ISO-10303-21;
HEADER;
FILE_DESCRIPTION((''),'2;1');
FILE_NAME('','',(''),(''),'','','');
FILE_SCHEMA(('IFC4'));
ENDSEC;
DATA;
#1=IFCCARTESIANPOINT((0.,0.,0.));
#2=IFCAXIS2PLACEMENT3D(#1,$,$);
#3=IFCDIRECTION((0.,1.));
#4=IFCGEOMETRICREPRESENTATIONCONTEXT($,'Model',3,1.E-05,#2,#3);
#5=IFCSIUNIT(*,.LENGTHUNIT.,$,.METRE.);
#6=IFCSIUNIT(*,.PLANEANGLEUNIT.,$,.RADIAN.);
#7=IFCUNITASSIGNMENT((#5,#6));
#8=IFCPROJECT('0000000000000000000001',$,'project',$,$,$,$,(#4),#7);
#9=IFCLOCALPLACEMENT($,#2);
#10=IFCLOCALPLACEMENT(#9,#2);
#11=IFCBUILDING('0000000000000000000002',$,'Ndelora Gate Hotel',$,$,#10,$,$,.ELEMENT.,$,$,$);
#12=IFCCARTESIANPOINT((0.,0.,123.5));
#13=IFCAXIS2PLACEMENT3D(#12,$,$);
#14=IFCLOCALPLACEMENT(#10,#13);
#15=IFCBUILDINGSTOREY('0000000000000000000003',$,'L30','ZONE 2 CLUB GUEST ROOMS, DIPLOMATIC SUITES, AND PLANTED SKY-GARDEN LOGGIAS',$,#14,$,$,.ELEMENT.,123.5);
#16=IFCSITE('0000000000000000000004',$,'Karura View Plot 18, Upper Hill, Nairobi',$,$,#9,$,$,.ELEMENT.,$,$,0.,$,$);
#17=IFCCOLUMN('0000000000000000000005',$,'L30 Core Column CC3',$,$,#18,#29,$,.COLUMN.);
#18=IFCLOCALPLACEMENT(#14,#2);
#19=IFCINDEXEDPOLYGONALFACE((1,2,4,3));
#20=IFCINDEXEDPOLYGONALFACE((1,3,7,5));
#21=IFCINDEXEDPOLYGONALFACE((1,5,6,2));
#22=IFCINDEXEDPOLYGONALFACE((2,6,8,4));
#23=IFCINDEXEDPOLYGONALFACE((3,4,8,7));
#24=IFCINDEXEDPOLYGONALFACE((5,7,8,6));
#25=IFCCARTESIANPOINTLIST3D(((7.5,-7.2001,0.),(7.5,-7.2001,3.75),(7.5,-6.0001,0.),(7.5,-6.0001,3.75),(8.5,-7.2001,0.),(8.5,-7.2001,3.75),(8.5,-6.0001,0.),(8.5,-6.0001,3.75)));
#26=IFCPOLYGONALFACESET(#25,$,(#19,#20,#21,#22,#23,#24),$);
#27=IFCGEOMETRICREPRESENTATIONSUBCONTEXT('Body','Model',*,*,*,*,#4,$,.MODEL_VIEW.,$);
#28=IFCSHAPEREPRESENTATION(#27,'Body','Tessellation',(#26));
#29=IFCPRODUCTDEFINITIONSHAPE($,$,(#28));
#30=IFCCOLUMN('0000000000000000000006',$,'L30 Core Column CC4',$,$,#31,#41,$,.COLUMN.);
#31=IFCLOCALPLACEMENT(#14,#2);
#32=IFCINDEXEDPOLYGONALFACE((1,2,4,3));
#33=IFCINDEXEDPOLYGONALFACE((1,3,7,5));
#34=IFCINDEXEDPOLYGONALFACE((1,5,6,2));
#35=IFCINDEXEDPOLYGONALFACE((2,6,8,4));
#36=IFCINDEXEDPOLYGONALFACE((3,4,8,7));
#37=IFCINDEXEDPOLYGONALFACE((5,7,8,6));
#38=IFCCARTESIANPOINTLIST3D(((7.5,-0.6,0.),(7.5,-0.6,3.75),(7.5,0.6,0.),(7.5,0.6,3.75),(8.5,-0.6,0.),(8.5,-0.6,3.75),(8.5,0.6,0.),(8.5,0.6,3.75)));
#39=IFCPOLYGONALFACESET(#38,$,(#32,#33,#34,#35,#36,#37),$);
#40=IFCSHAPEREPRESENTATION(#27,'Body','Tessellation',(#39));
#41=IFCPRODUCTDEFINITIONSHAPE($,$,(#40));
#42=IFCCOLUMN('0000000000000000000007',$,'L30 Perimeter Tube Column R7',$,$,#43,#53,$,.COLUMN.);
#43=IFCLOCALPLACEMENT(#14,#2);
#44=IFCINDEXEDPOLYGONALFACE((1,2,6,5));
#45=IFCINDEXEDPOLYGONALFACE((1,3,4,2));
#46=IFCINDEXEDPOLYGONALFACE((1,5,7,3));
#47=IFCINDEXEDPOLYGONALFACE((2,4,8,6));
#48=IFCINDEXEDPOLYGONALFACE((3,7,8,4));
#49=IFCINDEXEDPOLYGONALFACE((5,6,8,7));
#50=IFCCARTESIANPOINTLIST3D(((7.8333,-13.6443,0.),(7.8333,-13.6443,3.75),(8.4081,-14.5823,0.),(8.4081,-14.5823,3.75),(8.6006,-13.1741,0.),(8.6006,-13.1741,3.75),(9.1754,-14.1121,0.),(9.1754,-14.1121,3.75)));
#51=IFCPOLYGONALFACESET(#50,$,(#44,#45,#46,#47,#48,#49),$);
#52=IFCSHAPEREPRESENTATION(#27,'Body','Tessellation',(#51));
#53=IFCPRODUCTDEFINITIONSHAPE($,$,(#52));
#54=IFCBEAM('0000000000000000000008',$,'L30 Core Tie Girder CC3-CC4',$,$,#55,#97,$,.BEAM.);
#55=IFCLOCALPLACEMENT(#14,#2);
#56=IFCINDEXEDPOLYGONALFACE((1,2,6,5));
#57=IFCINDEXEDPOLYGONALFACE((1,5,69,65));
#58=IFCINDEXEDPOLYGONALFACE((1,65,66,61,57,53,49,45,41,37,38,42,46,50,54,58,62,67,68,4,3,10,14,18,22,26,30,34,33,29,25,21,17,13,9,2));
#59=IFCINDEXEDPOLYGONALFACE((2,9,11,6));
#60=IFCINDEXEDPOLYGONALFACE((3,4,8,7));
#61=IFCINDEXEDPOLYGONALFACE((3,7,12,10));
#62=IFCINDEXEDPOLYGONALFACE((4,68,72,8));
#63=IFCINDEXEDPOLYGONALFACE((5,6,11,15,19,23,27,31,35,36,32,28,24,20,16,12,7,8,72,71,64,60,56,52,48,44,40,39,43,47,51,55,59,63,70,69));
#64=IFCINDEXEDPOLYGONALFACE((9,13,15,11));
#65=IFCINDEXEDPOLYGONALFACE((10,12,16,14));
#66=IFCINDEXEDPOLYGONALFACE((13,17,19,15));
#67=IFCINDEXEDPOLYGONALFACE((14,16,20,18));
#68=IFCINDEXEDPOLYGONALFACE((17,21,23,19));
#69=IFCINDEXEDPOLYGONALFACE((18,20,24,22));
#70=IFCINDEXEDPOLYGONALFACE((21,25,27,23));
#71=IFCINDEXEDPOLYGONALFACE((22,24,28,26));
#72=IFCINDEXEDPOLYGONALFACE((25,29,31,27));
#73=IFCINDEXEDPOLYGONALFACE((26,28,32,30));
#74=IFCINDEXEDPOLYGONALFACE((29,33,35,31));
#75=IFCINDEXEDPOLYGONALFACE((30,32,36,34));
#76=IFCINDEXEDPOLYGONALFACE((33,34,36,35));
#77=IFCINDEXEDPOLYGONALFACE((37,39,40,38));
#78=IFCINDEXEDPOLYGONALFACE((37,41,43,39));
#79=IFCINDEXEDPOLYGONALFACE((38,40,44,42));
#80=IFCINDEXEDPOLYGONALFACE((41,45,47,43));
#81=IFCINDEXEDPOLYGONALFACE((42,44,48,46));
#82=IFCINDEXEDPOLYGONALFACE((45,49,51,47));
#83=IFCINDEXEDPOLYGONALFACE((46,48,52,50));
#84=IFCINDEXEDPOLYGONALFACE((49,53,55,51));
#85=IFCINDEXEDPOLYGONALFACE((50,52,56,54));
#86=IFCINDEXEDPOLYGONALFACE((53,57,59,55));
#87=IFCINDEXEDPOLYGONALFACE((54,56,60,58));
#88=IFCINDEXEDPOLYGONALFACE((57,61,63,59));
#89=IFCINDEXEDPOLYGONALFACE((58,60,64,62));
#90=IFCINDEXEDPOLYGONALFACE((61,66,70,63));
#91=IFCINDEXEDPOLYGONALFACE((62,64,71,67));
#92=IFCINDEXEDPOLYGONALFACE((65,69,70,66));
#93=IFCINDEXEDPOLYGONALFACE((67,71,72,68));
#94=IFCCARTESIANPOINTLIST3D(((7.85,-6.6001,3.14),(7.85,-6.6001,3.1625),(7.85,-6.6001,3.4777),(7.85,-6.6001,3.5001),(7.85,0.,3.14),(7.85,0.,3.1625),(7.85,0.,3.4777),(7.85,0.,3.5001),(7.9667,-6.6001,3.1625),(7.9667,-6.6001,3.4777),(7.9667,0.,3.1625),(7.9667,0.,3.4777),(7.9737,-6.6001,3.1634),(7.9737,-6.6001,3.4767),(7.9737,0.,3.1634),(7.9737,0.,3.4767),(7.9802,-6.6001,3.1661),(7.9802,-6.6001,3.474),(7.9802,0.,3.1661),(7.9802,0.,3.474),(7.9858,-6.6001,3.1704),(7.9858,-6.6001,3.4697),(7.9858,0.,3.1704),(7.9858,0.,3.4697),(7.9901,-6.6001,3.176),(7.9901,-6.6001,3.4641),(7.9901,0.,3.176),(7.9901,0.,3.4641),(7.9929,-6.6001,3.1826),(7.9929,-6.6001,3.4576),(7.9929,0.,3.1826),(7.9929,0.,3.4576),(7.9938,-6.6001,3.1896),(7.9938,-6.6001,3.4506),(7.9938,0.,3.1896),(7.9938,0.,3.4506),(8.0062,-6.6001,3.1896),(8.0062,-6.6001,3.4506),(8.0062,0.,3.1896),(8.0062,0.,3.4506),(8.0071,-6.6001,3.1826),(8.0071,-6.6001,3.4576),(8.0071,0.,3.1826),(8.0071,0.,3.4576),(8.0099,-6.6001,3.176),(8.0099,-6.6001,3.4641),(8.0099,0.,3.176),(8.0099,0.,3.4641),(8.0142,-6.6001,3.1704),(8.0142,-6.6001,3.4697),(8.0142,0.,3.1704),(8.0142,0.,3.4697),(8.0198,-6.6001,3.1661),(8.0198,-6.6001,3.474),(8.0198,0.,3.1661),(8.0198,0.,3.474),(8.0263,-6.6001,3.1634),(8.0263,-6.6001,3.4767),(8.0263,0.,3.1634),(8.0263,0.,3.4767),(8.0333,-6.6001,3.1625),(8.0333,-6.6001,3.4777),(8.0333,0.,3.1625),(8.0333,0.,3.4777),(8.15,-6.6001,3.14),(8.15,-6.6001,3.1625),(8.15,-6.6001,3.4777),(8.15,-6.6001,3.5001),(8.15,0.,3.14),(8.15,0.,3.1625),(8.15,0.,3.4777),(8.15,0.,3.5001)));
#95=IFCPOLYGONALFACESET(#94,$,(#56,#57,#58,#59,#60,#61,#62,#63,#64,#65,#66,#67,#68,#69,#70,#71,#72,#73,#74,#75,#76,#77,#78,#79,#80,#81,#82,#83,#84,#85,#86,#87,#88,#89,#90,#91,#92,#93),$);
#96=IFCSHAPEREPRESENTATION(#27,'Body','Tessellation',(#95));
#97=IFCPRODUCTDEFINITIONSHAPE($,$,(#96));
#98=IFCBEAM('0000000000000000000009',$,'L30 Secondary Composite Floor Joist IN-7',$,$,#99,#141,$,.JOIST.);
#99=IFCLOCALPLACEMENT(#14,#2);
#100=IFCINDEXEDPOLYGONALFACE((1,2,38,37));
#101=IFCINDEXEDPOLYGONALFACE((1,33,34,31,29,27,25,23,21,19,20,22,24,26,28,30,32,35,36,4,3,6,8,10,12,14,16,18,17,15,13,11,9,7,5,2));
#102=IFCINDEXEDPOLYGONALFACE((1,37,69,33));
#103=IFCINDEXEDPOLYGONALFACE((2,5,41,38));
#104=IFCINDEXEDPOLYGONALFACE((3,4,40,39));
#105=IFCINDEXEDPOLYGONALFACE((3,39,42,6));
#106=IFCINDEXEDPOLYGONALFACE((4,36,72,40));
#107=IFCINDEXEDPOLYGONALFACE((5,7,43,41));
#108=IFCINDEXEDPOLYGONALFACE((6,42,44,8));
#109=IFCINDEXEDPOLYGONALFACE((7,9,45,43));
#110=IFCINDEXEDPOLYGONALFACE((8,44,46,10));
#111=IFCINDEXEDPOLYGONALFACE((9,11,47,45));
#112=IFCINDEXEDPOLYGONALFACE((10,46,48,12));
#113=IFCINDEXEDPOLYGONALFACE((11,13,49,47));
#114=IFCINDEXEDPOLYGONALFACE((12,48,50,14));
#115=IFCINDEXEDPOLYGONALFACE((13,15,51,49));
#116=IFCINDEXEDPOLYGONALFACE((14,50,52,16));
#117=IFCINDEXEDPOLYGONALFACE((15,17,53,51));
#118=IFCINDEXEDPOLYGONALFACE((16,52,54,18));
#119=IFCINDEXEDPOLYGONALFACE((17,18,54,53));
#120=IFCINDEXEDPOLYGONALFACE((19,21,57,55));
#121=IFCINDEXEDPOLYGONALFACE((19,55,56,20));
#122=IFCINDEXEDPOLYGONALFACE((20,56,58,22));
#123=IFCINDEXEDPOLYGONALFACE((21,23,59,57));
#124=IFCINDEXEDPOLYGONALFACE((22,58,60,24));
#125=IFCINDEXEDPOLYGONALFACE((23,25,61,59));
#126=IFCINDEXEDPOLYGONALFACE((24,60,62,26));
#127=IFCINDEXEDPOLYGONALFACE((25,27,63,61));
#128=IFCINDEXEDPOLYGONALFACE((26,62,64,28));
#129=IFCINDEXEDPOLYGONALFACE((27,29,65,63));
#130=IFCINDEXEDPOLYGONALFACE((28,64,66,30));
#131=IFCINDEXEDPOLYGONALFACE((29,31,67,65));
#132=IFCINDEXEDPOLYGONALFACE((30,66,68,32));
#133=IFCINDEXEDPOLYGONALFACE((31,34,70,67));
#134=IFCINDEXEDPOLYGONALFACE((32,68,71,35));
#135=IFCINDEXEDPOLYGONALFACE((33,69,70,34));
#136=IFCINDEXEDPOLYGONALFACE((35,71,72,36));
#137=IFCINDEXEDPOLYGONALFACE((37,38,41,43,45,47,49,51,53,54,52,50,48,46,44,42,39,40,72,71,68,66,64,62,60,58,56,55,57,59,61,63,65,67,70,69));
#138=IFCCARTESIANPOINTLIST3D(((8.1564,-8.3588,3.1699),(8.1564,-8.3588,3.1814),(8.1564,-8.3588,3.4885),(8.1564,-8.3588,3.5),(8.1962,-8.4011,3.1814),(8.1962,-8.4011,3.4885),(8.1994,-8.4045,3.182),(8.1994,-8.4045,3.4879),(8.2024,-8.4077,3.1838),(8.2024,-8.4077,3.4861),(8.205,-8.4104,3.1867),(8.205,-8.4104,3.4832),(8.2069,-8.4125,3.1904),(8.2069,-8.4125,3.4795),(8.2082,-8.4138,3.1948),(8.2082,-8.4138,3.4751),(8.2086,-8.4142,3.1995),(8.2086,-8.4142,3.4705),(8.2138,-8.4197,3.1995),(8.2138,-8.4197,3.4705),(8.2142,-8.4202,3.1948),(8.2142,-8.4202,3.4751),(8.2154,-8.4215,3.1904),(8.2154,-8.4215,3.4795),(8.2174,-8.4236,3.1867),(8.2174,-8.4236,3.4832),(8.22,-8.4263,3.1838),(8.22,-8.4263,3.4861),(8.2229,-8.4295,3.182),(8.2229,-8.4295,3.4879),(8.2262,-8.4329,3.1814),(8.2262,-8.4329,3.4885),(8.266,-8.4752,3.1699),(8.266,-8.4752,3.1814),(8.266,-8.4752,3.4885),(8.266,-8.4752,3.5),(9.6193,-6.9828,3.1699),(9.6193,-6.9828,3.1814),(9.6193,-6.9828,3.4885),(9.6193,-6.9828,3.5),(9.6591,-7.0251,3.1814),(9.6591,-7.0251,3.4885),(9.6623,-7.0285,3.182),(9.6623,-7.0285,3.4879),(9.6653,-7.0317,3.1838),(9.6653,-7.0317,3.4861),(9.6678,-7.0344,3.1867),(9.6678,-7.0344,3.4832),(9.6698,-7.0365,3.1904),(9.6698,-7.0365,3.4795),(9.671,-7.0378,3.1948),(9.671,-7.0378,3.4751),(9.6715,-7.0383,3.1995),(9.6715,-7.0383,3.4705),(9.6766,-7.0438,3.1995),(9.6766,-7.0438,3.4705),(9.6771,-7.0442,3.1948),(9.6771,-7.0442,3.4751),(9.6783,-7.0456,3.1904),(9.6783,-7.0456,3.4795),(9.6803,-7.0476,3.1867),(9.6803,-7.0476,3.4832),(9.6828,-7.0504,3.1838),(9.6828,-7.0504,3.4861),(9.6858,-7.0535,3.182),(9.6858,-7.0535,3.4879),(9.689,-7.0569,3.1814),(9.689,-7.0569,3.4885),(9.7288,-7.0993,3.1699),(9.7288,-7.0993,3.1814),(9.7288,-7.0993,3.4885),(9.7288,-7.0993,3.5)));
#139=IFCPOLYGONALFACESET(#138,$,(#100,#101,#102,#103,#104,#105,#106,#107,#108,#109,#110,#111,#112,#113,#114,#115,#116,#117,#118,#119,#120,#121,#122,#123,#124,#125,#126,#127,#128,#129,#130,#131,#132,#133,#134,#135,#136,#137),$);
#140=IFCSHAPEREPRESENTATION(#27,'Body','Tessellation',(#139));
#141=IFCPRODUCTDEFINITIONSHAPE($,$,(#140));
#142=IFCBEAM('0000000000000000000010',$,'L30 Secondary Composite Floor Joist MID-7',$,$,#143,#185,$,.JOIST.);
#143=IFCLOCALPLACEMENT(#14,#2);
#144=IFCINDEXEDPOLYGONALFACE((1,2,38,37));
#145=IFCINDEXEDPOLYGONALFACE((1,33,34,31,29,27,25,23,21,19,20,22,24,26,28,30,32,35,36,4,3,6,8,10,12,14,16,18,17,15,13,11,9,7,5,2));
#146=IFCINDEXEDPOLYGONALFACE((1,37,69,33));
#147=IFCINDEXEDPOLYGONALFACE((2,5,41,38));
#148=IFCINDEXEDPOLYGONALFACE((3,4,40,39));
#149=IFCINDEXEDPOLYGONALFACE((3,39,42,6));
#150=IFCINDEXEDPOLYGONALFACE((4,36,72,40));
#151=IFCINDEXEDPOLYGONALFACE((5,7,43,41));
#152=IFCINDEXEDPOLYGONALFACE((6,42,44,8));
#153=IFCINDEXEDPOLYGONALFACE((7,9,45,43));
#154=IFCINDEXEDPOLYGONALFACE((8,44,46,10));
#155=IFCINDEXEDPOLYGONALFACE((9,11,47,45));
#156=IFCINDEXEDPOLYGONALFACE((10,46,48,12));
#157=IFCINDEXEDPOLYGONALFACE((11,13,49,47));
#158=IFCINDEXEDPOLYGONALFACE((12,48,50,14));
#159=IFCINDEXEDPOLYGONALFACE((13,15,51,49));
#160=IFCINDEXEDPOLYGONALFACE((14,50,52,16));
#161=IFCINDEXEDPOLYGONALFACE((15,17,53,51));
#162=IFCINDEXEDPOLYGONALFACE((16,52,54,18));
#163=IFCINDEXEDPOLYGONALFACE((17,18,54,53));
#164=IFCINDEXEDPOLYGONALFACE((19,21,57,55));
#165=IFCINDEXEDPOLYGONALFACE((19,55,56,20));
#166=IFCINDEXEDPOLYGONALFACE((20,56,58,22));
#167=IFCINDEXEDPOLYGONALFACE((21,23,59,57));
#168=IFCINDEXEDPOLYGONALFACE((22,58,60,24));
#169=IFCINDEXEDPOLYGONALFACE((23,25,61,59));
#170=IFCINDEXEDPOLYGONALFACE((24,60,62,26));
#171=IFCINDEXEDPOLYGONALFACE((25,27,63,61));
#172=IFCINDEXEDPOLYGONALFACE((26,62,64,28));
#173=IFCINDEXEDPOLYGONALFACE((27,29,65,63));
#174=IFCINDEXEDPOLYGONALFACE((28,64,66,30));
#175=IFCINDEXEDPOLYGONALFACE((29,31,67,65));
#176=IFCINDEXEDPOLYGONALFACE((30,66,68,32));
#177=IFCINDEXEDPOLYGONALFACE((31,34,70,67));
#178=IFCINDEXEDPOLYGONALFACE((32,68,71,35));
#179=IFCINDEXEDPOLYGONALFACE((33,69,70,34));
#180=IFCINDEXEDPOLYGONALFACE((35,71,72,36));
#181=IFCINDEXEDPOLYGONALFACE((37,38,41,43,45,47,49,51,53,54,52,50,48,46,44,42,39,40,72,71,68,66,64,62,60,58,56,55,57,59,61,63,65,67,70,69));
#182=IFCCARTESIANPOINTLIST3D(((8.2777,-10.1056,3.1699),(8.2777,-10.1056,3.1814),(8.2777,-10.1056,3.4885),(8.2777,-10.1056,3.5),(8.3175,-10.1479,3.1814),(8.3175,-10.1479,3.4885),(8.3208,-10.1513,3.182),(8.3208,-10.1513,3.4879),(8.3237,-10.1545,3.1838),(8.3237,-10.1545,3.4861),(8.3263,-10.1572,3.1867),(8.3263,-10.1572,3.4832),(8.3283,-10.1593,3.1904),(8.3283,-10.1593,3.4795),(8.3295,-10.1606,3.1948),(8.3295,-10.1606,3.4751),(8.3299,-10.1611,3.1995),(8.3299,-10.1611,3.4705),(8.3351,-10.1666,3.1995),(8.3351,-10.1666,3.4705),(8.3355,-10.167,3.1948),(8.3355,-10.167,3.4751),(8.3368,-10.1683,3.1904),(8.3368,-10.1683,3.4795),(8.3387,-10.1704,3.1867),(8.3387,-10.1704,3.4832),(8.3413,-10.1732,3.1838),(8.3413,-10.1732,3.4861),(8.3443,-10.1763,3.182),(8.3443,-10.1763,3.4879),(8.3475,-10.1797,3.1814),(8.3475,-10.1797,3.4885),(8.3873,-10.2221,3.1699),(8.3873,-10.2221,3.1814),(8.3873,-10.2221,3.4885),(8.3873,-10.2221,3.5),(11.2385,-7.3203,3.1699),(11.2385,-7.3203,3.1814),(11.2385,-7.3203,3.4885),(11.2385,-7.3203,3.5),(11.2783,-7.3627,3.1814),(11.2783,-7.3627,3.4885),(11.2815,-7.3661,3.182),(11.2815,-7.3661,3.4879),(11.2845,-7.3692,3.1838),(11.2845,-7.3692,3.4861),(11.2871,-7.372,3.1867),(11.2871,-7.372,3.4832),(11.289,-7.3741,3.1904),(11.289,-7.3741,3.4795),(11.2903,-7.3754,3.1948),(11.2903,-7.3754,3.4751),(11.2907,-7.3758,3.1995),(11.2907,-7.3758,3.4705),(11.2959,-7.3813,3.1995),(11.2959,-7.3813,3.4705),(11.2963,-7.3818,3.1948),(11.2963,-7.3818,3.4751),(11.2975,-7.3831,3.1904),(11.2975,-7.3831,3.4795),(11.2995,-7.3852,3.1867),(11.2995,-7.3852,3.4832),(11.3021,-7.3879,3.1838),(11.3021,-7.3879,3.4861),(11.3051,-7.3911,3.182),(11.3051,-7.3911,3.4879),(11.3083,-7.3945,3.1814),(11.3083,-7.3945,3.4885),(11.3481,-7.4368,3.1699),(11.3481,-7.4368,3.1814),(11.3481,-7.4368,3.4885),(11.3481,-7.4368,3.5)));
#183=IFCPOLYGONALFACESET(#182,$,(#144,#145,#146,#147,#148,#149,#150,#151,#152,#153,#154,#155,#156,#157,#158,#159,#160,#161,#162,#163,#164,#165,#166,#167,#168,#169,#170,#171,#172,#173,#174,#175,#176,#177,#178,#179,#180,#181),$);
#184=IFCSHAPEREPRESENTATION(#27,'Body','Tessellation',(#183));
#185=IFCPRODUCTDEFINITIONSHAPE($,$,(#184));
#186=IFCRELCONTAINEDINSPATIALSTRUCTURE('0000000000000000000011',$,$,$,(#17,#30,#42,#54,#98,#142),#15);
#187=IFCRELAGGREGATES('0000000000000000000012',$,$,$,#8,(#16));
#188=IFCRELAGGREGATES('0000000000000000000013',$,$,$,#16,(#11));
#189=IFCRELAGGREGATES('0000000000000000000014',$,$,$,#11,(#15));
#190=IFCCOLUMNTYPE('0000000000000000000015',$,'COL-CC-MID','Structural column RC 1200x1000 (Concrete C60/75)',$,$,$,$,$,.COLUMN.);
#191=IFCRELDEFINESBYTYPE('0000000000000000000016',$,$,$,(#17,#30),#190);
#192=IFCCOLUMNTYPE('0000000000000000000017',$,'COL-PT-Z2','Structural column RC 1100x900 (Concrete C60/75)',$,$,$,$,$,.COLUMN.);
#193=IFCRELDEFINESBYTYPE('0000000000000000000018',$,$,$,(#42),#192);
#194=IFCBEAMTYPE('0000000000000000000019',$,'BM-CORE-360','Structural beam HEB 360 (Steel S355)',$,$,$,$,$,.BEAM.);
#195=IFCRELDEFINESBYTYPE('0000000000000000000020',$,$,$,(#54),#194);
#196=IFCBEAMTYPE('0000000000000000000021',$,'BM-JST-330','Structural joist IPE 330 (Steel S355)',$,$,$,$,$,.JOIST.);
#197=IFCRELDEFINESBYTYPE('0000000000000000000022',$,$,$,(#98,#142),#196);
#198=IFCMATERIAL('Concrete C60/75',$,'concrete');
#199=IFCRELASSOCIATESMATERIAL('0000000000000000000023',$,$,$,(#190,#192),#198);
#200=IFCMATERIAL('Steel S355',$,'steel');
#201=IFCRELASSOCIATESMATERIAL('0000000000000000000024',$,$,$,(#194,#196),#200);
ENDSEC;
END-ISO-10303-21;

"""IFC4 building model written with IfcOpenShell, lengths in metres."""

from ifc_helpers import new_model, si_unit, direction, frame, origin, origin_2d, place, context, subcontext, project, spatial, rectangle, i_section, extrude, material, material_profile, profile_set, type_object, element, save


model = new_model("IFC4")

# Units and contexts
model_context = context("Model", 3, precision=1e-05, world=origin(), true_north=direction((0.0, 1.0)))
body_context = subcontext(model_context, "Body", "Model", "MODEL_VIEW")
ifc_project = project(units=[si_unit("LENGTHUNIT", "METRE"), si_unit("PLANEANGLEUNIT", "RADIAN")], contexts=[model_context])

# Site, building, storey
site_placement = place(None, origin())
site = spatial("IfcSite", under=ifc_project, at=site_placement, Name="Karura View Plot 18, Upper Hill, Nairobi", CompositionType="ELEMENT", RefElevation=0.0)
building_placement = place(site_placement, origin())
building = spatial("IfcBuilding", under=site, at=building_placement, Name="Ndelora Gate Hotel", CompositionType="ELEMENT")
storey_placement = place(building_placement, frame((0.0, 0.0, 123.5)))
storey = spatial("IfcBuildingStorey", under=building, at=storey_placement, Name="L30", Description="ZONE 2 CLUB GUEST ROOMS, DIPLOMATIC SUITES, AND PLANTED SKY-GARDEN LOGGIAS", CompositionType="ELEMENT", Elevation=123.5)

# Columns
ifc_material_1 = material(Name="Concrete C60/75", Category="concrete")
ifc_material_profile_1 = material_profile(ifc_material_1, rectangle(XDim=1.0, YDim=1.2, at=origin_2d()), Name="RC 1200x1000")
ifc_profile_set_1 = profile_set([ifc_material_profile_1], Name="Concrete C60/75")
column_type_1 = type_object("IfcColumnType", Name="COL-CC-MID", Description="Structural column RC 1200x1000 (Concrete C60/75)", PredefinedType="COLUMN", material=ifc_profile_set_1)
for number, where, z_axis, x_axis, name in (
    (1, (8.0, -6.6001, 0.0), (0.0, 0.0, 1.0), (1.0, 0.0, 0.0), "L30 Core Column CC3"),
    (2, (8.0, 0.0, 0.0), (0.0, 0.0, 1.0), (1.0, 0.0, 0.0), "L30 Core Column CC4"),
):
    element("IfcColumn", number, at=place(storey_placement, frame(where, z_axis=z_axis, x_axis=x_axis)), inside=storey, type_object=column_type_1, Name=name, PredefinedType="COLUMN", context=body_context, shape_type="SweptSolid", body=[
        extrude(rectangle(XDim=1.0, YDim=1.2, at=origin_2d()), origin(), (0.0, 0.0, 1.0), 3.75),
    ])
ifc_material_profile_2 = material_profile(ifc_material_1, rectangle(XDim=0.8999, YDim=1.1001, at=origin_2d()), Name="RC 1100x900")
ifc_profile_set_2 = profile_set([ifc_material_profile_2], Name="Concrete C60/75")
column_type_2 = type_object("IfcColumnType", Name="COL-PT-Z2", Description="Structural column RC 1100x900 (Concrete C60/75)", PredefinedType="COLUMN", material=ifc_profile_set_2)
column_placement = place(storey_placement, frame((8.5044, -13.8782, 0.0), z_axis=(0.0, 0.0, 1.0), x_axis=(0.85264, 0.522499, 0.0)))
element("IfcColumn", 3, at=column_placement, inside=storey, type_object=column_type_2, Name="L30 Perimeter Tube Column R7", PredefinedType="COLUMN", context=body_context, shape_type="SweptSolid", body=[
    extrude(rectangle(XDim=0.8999, YDim=1.1001, at=origin_2d()), origin(), (0.0, 0.0, 1.0), 3.75),
])

# Beams
ifc_material_2 = material(Name="Steel S355", Category="steel")
ifc_material_profile_3 = material_profile(ifc_material_2, i_section(OverallWidth=0.3, OverallDepth=0.3601, WebThickness=0.0125, FlangeThickness=0.0225, FilletRadius=0.0271, at=origin_2d()), Name="HEB 360")
ifc_profile_set_3 = profile_set([ifc_material_profile_3], Name="Steel S355")
beam_type_1 = type_object("IfcBeamType", Name="BM-CORE-360", Description="Structural beam HEB 360 (Steel S355)", PredefinedType="BEAM", material=ifc_profile_set_3)
beam_1_placement = place(storey_placement, frame((8.0, -6.6001, 3.3201), z_axis=(0.0, 1.0, 0.0), x_axis=(-1.0, 0.0, 0.0)))
element("IfcBeam", 4, at=beam_1_placement, inside=storey, type_object=beam_type_1, Name="L30 Core Tie Girder CC3-CC4", PredefinedType="BEAM", context=body_context, shape_type="SweptSolid", body=[
    extrude(i_section(OverallWidth=0.3, OverallDepth=0.3601, WebThickness=0.0125, FlangeThickness=0.0225, FilletRadius=0.0271, at=origin_2d()), origin(), (0.0, 0.0, 1.0), 6.6001),
])
ifc_material_profile_4 = material_profile(ifc_material_2, i_section(OverallWidth=0.1599, OverallDepth=0.3301, WebThickness=0.0076, FlangeThickness=0.0115, FilletRadius=0.0181, at=origin_2d()), Name="IPE 330")
ifc_profile_set_4 = profile_set([ifc_material_profile_4], Name="Steel S355")
beam_type_2 = type_object("IfcBeamType", Name="BM-JST-330", Description="Structural joist IPE 330 (Steel S355)", PredefinedType="JOIST", material=ifc_profile_set_4)
beam_2_placement = place(storey_placement, frame((8.2112, -8.417, 3.335), z_axis=(0.728414, 0.685137, 0.0), x_axis=(-0.685137, 0.728414, 0.0)))
element("IfcBeam", 5, at=beam_2_placement, inside=storey, type_object=beam_type_2, Name="L30 Secondary Composite Floor Joist IN-7", PredefinedType="JOIST", context=body_context, shape_type="SweptSolid", body=[
    extrude(i_section(OverallWidth=0.1599, OverallDepth=0.3301, WebThickness=0.0076, FlangeThickness=0.0115, FilletRadius=0.0181, at=origin_2d()), origin(), (0.0, 0.0, 1.0), 2.0083),
])
beam_3_placement = place(storey_placement, frame((8.3325, -10.1638, 3.335), z_axis=(0.728369, 0.685185, 0.0), x_axis=(-0.685185, 0.728369, 0.0)))
element("IfcBeam", 6, at=beam_3_placement, inside=storey, type_object=beam_type_2, Name="L30 Secondary Composite Floor Joist MID-7", PredefinedType="JOIST", context=body_context, shape_type="SweptSolid", body=[
    extrude(i_section(OverallWidth=0.1599, OverallDepth=0.3301, WebThickness=0.0076, FlangeThickness=0.0115, FilletRadius=0.0181, at=origin_2d()), origin(), (0.0, 0.0, 1.0), 4.0649),
])

save(model, "model.ifc")
